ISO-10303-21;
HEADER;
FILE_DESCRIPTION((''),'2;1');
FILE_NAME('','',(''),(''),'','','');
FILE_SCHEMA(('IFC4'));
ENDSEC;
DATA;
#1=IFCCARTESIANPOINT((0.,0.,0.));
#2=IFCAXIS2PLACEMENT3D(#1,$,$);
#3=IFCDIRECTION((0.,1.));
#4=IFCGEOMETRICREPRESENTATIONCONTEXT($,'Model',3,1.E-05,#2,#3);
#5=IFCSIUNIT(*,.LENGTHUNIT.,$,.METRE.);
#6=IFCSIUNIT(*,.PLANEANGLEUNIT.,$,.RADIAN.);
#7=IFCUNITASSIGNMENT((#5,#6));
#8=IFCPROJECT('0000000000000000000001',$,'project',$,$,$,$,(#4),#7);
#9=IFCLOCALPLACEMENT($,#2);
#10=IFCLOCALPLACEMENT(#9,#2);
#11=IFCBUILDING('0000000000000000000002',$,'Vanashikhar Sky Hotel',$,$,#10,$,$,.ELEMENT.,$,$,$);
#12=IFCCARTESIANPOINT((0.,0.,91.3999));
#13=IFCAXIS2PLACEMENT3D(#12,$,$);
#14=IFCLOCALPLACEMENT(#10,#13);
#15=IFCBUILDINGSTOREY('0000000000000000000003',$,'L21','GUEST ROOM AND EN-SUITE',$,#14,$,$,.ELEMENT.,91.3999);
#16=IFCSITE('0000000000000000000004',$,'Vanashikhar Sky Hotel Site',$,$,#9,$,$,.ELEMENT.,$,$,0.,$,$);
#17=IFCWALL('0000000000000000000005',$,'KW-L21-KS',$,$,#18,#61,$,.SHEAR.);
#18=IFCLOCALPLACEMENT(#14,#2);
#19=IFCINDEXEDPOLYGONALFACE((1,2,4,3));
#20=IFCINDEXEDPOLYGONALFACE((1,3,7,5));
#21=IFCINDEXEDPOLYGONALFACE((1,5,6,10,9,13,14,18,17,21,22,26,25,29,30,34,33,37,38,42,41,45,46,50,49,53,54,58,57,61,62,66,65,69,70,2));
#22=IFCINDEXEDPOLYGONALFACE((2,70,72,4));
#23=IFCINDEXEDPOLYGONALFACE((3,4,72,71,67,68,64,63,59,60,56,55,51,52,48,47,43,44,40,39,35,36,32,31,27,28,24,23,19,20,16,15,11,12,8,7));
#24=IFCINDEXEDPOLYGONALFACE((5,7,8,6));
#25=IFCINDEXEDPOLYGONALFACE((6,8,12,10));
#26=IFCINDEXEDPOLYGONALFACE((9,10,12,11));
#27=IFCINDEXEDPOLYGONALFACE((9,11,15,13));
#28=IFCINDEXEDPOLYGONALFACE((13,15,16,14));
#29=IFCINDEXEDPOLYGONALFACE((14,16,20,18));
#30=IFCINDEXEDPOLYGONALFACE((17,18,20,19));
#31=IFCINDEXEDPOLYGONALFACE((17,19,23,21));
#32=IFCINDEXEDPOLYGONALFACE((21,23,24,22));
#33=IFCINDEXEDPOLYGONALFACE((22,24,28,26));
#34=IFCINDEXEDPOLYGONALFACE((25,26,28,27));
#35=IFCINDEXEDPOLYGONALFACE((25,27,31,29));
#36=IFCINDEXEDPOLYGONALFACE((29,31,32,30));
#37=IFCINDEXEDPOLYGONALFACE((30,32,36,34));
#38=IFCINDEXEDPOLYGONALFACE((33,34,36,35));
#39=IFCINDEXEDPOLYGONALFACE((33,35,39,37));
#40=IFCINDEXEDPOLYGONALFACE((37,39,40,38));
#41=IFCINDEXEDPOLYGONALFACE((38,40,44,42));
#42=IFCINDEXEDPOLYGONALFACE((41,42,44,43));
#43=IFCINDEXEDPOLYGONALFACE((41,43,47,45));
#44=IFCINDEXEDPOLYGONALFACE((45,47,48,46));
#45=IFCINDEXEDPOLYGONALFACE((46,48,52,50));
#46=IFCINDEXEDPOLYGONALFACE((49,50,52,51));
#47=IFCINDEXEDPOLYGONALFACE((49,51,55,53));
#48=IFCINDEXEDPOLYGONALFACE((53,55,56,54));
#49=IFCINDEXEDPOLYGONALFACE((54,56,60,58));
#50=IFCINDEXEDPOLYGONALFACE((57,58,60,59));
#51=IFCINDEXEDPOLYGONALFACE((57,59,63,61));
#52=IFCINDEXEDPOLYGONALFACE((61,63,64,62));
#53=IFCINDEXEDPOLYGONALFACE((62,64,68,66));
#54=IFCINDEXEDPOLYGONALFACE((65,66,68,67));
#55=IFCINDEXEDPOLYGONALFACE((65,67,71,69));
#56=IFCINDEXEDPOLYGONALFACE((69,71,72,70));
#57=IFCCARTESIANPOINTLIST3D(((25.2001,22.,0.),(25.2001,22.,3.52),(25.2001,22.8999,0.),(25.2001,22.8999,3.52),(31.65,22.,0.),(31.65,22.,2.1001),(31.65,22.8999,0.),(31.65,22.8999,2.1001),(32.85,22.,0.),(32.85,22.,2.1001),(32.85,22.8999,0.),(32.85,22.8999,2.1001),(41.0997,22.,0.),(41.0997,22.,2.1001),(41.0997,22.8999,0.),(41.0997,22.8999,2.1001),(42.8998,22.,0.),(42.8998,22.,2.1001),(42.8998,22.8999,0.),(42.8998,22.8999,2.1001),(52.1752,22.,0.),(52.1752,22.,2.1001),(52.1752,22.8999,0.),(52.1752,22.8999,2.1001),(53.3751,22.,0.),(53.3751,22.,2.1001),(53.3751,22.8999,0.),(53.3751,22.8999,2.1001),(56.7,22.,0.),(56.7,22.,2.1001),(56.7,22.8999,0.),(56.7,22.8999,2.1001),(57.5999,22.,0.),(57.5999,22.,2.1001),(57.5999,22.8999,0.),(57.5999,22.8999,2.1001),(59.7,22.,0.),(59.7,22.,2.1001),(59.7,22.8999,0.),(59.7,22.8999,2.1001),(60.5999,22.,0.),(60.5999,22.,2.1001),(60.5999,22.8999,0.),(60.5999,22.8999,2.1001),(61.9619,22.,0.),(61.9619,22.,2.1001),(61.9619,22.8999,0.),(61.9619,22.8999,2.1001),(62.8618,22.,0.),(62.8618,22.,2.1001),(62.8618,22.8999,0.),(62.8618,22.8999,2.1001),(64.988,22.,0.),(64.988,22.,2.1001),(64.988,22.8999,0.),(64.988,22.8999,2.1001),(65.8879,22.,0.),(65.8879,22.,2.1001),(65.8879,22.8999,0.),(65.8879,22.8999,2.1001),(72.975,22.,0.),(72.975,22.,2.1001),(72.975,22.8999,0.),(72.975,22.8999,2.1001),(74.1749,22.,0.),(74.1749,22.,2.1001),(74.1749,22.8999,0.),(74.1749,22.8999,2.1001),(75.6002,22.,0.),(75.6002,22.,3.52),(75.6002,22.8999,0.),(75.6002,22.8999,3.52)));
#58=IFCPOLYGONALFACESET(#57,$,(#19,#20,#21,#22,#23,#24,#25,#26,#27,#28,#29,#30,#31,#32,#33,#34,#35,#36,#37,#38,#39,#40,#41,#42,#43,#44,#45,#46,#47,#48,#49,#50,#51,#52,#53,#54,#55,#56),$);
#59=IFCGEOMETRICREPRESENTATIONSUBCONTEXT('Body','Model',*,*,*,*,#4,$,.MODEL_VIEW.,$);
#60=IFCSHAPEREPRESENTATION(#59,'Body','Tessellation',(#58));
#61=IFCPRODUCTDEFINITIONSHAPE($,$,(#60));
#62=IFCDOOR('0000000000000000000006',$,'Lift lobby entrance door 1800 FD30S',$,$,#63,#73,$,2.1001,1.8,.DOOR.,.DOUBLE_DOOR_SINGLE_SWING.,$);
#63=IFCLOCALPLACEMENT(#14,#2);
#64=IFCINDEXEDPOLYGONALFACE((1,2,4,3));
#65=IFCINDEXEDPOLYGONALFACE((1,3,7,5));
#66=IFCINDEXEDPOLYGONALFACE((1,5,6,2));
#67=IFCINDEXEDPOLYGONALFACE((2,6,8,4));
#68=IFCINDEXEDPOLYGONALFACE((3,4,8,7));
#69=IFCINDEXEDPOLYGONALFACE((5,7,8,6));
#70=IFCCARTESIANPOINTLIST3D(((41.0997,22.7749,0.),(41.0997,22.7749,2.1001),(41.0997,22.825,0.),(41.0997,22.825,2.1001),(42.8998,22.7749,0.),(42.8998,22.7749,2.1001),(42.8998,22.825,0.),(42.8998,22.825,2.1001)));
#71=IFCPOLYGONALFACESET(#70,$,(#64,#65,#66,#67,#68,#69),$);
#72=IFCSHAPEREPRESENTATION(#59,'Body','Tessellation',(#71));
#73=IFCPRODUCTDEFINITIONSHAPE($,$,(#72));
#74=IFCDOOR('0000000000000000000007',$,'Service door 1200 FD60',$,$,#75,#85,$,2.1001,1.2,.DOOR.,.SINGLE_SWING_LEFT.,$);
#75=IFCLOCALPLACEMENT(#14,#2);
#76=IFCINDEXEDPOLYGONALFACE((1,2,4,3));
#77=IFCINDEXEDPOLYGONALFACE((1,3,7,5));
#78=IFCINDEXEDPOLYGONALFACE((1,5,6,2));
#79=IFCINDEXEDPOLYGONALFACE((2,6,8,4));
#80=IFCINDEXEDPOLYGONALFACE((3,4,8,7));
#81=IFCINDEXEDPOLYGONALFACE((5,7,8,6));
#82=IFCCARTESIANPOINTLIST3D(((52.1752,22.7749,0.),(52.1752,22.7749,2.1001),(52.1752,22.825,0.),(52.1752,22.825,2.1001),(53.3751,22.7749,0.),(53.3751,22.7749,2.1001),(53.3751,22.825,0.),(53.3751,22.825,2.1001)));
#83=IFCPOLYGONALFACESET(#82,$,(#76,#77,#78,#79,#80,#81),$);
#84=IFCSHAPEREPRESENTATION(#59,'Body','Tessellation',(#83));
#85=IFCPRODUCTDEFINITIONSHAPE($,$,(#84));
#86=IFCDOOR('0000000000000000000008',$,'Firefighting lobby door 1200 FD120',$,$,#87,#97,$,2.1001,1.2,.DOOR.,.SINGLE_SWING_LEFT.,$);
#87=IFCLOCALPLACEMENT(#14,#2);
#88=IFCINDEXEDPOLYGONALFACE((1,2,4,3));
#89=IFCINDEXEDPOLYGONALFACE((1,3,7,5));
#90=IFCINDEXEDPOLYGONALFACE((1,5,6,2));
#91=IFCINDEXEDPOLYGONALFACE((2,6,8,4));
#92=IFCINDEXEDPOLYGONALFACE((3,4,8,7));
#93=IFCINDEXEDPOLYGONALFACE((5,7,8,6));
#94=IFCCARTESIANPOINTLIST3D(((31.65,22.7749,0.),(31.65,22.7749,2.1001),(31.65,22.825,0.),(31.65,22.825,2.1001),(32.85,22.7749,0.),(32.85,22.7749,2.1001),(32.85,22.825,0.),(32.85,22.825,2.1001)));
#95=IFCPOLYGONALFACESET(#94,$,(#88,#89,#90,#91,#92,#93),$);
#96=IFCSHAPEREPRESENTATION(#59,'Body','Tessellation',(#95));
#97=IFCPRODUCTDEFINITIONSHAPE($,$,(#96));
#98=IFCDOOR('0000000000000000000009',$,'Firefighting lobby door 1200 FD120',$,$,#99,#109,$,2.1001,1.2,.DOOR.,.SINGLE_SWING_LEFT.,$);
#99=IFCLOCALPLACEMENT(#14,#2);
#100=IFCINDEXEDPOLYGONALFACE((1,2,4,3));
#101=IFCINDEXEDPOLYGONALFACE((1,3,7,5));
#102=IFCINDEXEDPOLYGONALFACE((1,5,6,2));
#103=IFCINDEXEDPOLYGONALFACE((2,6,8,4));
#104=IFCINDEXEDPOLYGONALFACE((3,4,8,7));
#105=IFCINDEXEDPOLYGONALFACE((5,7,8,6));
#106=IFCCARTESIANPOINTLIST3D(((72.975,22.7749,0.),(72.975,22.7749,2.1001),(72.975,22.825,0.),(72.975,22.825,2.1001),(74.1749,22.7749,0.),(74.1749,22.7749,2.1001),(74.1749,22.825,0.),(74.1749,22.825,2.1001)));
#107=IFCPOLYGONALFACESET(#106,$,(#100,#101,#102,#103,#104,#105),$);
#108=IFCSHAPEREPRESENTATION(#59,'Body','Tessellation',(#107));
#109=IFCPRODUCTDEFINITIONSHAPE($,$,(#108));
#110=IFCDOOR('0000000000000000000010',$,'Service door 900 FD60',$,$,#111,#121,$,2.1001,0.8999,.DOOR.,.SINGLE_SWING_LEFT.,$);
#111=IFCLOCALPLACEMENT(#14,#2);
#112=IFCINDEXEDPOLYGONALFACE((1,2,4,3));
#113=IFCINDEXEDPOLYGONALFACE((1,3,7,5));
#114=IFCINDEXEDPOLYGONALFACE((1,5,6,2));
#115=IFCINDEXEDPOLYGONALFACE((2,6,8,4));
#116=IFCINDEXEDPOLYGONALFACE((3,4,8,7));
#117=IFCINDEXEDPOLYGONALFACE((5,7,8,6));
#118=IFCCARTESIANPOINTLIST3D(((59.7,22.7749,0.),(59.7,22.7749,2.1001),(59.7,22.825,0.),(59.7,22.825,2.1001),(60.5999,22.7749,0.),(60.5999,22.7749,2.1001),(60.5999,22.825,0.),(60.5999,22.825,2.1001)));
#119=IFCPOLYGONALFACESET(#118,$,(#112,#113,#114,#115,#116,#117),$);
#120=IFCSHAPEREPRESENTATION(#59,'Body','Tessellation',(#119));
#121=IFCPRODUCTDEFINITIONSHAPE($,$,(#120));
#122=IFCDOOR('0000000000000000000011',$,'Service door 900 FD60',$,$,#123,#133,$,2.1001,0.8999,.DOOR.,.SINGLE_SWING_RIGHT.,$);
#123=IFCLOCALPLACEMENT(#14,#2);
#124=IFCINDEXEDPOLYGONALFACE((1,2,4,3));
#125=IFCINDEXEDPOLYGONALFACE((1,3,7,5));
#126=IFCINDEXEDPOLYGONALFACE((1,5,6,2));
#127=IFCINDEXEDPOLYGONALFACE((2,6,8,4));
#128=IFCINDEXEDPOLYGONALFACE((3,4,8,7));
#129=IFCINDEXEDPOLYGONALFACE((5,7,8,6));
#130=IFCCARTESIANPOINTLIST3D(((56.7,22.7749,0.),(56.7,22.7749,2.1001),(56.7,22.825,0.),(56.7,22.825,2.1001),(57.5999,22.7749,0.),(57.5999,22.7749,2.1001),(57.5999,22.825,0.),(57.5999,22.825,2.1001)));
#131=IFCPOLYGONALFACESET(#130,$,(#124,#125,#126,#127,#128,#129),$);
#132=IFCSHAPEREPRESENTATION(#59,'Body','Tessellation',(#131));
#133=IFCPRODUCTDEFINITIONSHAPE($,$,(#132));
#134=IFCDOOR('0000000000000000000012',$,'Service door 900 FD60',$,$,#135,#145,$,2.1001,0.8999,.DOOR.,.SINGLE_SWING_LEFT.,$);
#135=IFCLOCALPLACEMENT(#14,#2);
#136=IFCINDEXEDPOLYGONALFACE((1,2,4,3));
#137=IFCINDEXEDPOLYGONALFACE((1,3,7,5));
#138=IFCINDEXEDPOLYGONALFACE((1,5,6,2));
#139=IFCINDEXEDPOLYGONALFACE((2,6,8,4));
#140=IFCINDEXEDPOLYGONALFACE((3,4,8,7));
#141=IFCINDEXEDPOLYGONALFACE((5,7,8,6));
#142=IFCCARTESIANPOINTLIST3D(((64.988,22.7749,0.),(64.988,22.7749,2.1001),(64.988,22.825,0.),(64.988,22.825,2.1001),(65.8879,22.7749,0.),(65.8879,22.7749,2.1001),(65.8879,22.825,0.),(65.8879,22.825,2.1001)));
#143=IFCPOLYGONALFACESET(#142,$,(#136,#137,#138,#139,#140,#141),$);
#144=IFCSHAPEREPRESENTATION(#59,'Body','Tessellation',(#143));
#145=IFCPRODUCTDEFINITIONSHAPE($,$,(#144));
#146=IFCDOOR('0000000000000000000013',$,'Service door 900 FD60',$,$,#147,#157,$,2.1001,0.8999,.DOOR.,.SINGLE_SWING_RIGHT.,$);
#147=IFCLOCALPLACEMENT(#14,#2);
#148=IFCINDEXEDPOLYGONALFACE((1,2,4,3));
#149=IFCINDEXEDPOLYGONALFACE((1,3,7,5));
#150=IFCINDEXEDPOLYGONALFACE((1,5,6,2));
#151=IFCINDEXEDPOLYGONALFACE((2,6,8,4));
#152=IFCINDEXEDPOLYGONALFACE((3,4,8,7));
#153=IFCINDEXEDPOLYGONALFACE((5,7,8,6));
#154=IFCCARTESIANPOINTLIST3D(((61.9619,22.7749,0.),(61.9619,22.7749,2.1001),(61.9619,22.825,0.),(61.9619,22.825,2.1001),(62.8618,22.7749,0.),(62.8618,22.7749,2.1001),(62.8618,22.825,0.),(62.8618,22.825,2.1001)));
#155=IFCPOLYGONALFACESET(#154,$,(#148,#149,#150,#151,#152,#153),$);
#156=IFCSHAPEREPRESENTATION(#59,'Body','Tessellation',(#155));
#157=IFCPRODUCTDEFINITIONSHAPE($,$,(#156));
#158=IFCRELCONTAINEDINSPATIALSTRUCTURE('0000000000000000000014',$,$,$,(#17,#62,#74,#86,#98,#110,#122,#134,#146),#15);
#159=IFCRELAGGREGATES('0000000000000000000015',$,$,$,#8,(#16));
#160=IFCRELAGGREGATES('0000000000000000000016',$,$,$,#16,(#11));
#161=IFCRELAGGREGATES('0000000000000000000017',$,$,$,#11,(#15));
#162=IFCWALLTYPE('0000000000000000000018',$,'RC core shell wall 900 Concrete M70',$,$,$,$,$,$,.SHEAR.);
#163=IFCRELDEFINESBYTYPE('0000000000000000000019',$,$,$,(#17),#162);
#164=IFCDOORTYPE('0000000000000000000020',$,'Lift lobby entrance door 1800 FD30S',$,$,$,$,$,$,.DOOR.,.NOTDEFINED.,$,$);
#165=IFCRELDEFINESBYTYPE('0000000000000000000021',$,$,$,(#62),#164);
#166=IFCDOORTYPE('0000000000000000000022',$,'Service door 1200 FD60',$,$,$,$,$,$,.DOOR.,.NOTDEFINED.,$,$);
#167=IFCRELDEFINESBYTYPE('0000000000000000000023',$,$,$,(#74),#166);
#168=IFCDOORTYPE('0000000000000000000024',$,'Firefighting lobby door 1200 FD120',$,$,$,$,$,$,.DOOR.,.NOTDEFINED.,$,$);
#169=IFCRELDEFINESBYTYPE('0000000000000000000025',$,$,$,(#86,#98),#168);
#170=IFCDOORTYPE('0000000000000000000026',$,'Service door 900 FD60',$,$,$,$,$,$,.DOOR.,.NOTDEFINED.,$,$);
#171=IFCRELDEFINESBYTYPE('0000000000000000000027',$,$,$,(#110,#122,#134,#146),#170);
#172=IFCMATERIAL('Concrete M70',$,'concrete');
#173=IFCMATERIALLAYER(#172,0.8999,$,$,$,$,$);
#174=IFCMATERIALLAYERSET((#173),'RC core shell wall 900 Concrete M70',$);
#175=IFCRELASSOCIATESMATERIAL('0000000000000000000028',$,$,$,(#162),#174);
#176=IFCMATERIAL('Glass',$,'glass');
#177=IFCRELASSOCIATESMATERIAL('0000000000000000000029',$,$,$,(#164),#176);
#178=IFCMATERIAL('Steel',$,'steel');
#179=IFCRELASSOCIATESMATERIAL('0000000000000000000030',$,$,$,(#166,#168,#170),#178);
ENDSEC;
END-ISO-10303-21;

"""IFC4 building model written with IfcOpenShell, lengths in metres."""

from ifc_helpers import new_model, si_unit, direction, frame, frame_2d, origin, place, context, subcontext, project, spatial, rectangle, extrude, source, transform, mapped, material, layer, layer_set, type_object, element, fill, save


model = new_model("IFC4")

# Units and contexts
model_context = context("Model", 3, precision=1e-05, world=origin(), true_north=direction((0.0, 1.0)))
body_context = subcontext(model_context, "Body", "Model", "MODEL_VIEW")
ifc_project = project(units=[si_unit("LENGTHUNIT", "METRE"), si_unit("PLANEANGLEUNIT", "RADIAN")], contexts=[model_context])

# Site, building, storey
site_placement = place(None, origin())
site = spatial("IfcSite", under=ifc_project, at=site_placement, Name="Vanashikhar Sky Hotel Site", CompositionType="ELEMENT", RefElevation=0.0)
building_placement = place(site_placement, origin())
building = spatial("IfcBuilding", under=site, at=building_placement, Name="Vanashikhar Sky Hotel", CompositionType="ELEMENT")
storey_placement = place(building_placement, frame((0.0, 0.0, 91.3999)))
storey = spatial("IfcBuildingStorey", under=building, at=storey_placement, Name="L21", Description="GUEST ROOM AND EN-SUITE", CompositionType="ELEMENT", Elevation=91.3999)

# Wall, openings, doors
ifc_material_1 = material(Name="Concrete M70", Category="concrete")
ifc_layer_1 = layer(ifc_material_1, 0.8999)
ifc_layer_set_1 = layer_set([ifc_layer_1], Name="RC core shell wall 900 Concrete M70")
wall_type_1 = type_object("IfcWallType", Name="RC core shell wall 900 Concrete M70", PredefinedType="SHEAR", material=ifc_layer_set_1)
shared_shape_1 = source(origin(), body_context, "Body", "SweptSolid", [
    extrude(rectangle(XDim=50.4001, YDim=0.8999, at=frame_2d((25.2002, 0.0))), origin(), (0.0, 0.0, 1.0), 3.52),
])
wall_1_placement = place(storey_placement, frame((25.2, 22.45, 0.0), z_axis=(0.0, 0.0, 1.0), x_axis=(1.0, 0.0, 0.0)))
wall_1 = element("IfcWall", 1, at=wall_1_placement, inside=storey, type_object=wall_type_1, Name="KW-L21-KS", PredefinedType="SHEAR", context=body_context, shape_type="MappedRepresentation", body=[
    mapped(shared_shape_1, transform((0.0, 0.0, 0.0), scale=1.0)),
])
shared_shape_2 = source(origin(), body_context, "Body", "SweptSolid", [
    extrude(rectangle(XDim=1.8, YDim=2.1001, at=frame_2d((0.8999, 1.05))), frame((0.0, 0.46, 0.0), z_axis=(0.0, -1.0, 0.0), x_axis=(1.0, 0.0, 0.0)), (0.0, 0.0, 1.0), 0.9199),
])
opening_1_placement = place(wall_1_placement, frame((15.8999, 0.0, 0.0)))
opening_1 = element("IfcOpeningElement", 2, at=opening_1_placement, cuts=wall_1, PredefinedType="OPENING", context=body_context, shape_type="MappedRepresentation", body=[
    mapped(shared_shape_2, transform((0.0, 0.0, 0.0), scale=1.0)),
])
shared_shape_3 = source(origin(), body_context, "Body", "SweptSolid", [
    extrude(rectangle(XDim=1.2, YDim=2.1001, at=frame_2d((0.6001, 1.05))), frame((0.0, 0.46, 0.0), z_axis=(0.0, -1.0, 0.0), x_axis=(1.0, 0.0, 0.0)), (0.0, 0.0, 1.0), 0.9199),
])
opening_2_placement = place(wall_1_placement, frame((26.9751, 0.0, 0.0)))
opening_2 = element("IfcOpeningElement", 3, at=opening_2_placement, cuts=wall_1, PredefinedType="OPENING", context=body_context, shape_type="MappedRepresentation", body=[
    mapped(shared_shape_3, transform((0.0, 0.0, 0.0), scale=1.0)),
])
shared_shape_4 = source(origin(), body_context, "Body", "SweptSolid", [
    extrude(rectangle(XDim=0.8999, YDim=2.1001, at=frame_2d((0.45, 1.05))), frame((0.0, 0.46, 0.0), z_axis=(0.0, -1.0, 0.0), x_axis=(1.0, 0.0, 0.0)), (0.0, 0.0, 1.0), 0.9199),
])
opening_3_placement = place(wall_1_placement, frame((34.5, 0.0, 0.0)))
opening_3 = element("IfcOpeningElement", 4, at=opening_3_placement, cuts=wall_1, PredefinedType="OPENING", context=body_context, shape_type="MappedRepresentation", body=[
    mapped(shared_shape_4, transform((0.0, 0.0, 0.0), scale=1.0)),
])
opening_4_placement = place(wall_1_placement, frame((31.5, 0.0, 0.0)))
opening_4 = element("IfcOpeningElement", 5, at=opening_4_placement, cuts=wall_1, PredefinedType="OPENING", context=body_context, shape_type="MappedRepresentation", body=[
    mapped(shared_shape_4, transform((0.0, 0.0, 0.0), scale=1.0)),
])
opening_5_placement = place(wall_1_placement, frame((39.7881, 0.0, 0.0)))
opening_5 = element("IfcOpeningElement", 6, at=opening_5_placement, cuts=wall_1, PredefinedType="OPENING", context=body_context, shape_type="MappedRepresentation", body=[
    mapped(shared_shape_4, transform((0.0, 0.0, 0.0), scale=1.0)),
])
opening_6_placement = place(wall_1_placement, frame((36.762, 0.0, 0.0)))
opening_6 = element("IfcOpeningElement", 7, at=opening_6_placement, cuts=wall_1, PredefinedType="OPENING", context=body_context, shape_type="MappedRepresentation", body=[
    mapped(shared_shape_4, transform((0.0, 0.0, 0.0), scale=1.0)),
])
opening_7_placement = place(wall_1_placement, frame((6.45, 0.0, 0.0)))
opening_7 = element("IfcOpeningElement", 8, at=opening_7_placement, cuts=wall_1, PredefinedType="OPENING", context=body_context, shape_type="MappedRepresentation", body=[
    mapped(shared_shape_3, transform((0.0, 0.0, 0.0), scale=1.0)),
])
opening_8_placement = place(wall_1_placement, frame((47.7749, 0.0, 0.0)))
opening_8 = element("IfcOpeningElement", 9, at=opening_8_placement, cuts=wall_1, PredefinedType="OPENING", context=body_context, shape_type="MappedRepresentation", body=[
    mapped(shared_shape_3, transform((0.0, 0.0, 0.0), scale=1.0)),
])
ifc_material_2 = material(Name="Glass", Category="glass")
door_type_1 = type_object("IfcDoorType", Name="Lift lobby entrance door 1800 FD30S", OperationType="NOTDEFINED", PredefinedType="DOOR", material=ifc_material_2)
shared_shape_5 = source(origin(), body_context, "Body", "SweptSolid", [
    extrude(rectangle(XDim=1.8, YDim=2.1001, at=frame_2d((0.8999, 1.05))), frame((0.0, 0.375, 0.0), z_axis=(0.0, -1.0, 0.0), x_axis=(1.0, 0.0, 0.0)), (0.0, 0.0, 1.0), 0.05),
])
door_1_placement = place(opening_1_placement, origin())
door_1 = element("IfcDoor", 10, at=door_1_placement, inside=storey, type_object=door_type_1, Name="Lift lobby entrance door 1800 FD30S", OperationType="DOUBLE_DOOR_SINGLE_SWING", OverallHeight=2.1001, OverallWidth=1.8, PredefinedType="DOOR", context=body_context, shape_type="MappedRepresentation", body=[
    mapped(shared_shape_5, transform((0.0, 0.0, 0.0), scale=1.0)),
])
fill(opening_1, door_1)
ifc_material_3 = material(Name="Steel", Category="steel")
door_type_2 = type_object("IfcDoorType", Name="Service door 1200 FD60", OperationType="NOTDEFINED", PredefinedType="DOOR", material=ifc_material_3)
shared_shape_6 = source(origin(), body_context, "Body", "SweptSolid", [
    extrude(rectangle(XDim=1.2, YDim=2.1001, at=frame_2d((0.6001, 1.05))), frame((0.0, 0.375, 0.0), z_axis=(0.0, -1.0, 0.0), x_axis=(1.0, 0.0, 0.0)), (0.0, 0.0, 1.0), 0.05),
])
door_2_placement = place(opening_2_placement, origin())
door_2 = element("IfcDoor", 11, at=door_2_placement, inside=storey, type_object=door_type_2, Name="Service door 1200 FD60", OperationType="SINGLE_SWING_LEFT", OverallHeight=2.1001, OverallWidth=1.2, PredefinedType="DOOR", context=body_context, shape_type="MappedRepresentation", body=[
    mapped(shared_shape_6, transform((0.0, 0.0, 0.0), scale=1.0)),
])
fill(opening_2, door_2)
door_type_3 = type_object("IfcDoorType", Name="Firefighting lobby door 1200 FD120", OperationType="NOTDEFINED", PredefinedType="DOOR", material=ifc_material_3)
door_3_placement = place(opening_7_placement, origin())
door_3 = element("IfcDoor", 12, at=door_3_placement, inside=storey, type_object=door_type_3, Name="Firefighting lobby door 1200 FD120", OperationType="SINGLE_SWING_LEFT", OverallHeight=2.1001, OverallWidth=1.2, PredefinedType="DOOR", context=body_context, shape_type="MappedRepresentation", body=[
    mapped(shared_shape_6, transform((0.0, 0.0, 0.0), scale=1.0)),
])
fill(opening_7, door_3)
door_4_placement = place(opening_8_placement, origin())
door_4 = element("IfcDoor", 13, at=door_4_placement, inside=storey, type_object=door_type_3, Name="Firefighting lobby door 1200 FD120", OperationType="SINGLE_SWING_LEFT", OverallHeight=2.1001, OverallWidth=1.2, PredefinedType="DOOR", context=body_context, shape_type="MappedRepresentation", body=[
    mapped(shared_shape_6, transform((0.0, 0.0, 0.0), scale=1.0)),
])
fill(opening_8, door_4)
door_type_4 = type_object("IfcDoorType", Name="Service door 900 FD60", OperationType="NOTDEFINED", PredefinedType="DOOR", material=ifc_material_3)
shared_shape_7 = source(origin(), body_context, "Body", "SweptSolid", [
    extrude(rectangle(XDim=0.8999, YDim=2.1001, at=frame_2d((0.45, 1.05))), frame((0.0, 0.375, 0.0), z_axis=(0.0, -1.0, 0.0), x_axis=(1.0, 0.0, 0.0)), (0.0, 0.0, 1.0), 0.05),
])
door_5_placement = place(opening_3_placement, origin())
door_5 = element("IfcDoor", 14, at=door_5_placement, inside=storey, type_object=door_type_4, Name="Service door 900 FD60", OperationType="SINGLE_SWING_LEFT", OverallHeight=2.1001, OverallWidth=0.8999, PredefinedType="DOOR", context=body_context, shape_type="MappedRepresentation", body=[
    mapped(shared_shape_7, transform((0.0, 0.0, 0.0), scale=1.0)),
])
fill(opening_3, door_5)
door_6_placement = place(opening_4_placement, origin())
door_6 = element("IfcDoor", 15, at=door_6_placement, inside=storey, type_object=door_type_4, Name="Service door 900 FD60", OperationType="SINGLE_SWING_RIGHT", OverallHeight=2.1001, OverallWidth=0.8999, PredefinedType="DOOR", context=body_context, shape_type="MappedRepresentation", body=[
    mapped(shared_shape_7, transform((0.0, 0.0, 0.0), scale=1.0)),
])
fill(opening_4, door_6)
door_7_placement = place(opening_5_placement, origin())
door_7 = element("IfcDoor", 16, at=door_7_placement, inside=storey, type_object=door_type_4, Name="Service door 900 FD60", OperationType="SINGLE_SWING_LEFT", OverallHeight=2.1001, OverallWidth=0.8999, PredefinedType="DOOR", context=body_context, shape_type="MappedRepresentation", body=[
    mapped(shared_shape_7, transform((0.0, 0.0, 0.0), scale=1.0)),
])
fill(opening_5, door_7)
door_8_placement = place(opening_6_placement, origin())
door_8 = element("IfcDoor", 17, at=door_8_placement, inside=storey, type_object=door_type_4, Name="Service door 900 FD60", OperationType="SINGLE_SWING_RIGHT", OverallHeight=2.1001, OverallWidth=0.8999, PredefinedType="DOOR", context=body_context, shape_type="MappedRepresentation", body=[
    mapped(shared_shape_7, transform((0.0, 0.0, 0.0), scale=1.0)),
])
fill(opening_6, door_8)

save(model, "model.ifc")
